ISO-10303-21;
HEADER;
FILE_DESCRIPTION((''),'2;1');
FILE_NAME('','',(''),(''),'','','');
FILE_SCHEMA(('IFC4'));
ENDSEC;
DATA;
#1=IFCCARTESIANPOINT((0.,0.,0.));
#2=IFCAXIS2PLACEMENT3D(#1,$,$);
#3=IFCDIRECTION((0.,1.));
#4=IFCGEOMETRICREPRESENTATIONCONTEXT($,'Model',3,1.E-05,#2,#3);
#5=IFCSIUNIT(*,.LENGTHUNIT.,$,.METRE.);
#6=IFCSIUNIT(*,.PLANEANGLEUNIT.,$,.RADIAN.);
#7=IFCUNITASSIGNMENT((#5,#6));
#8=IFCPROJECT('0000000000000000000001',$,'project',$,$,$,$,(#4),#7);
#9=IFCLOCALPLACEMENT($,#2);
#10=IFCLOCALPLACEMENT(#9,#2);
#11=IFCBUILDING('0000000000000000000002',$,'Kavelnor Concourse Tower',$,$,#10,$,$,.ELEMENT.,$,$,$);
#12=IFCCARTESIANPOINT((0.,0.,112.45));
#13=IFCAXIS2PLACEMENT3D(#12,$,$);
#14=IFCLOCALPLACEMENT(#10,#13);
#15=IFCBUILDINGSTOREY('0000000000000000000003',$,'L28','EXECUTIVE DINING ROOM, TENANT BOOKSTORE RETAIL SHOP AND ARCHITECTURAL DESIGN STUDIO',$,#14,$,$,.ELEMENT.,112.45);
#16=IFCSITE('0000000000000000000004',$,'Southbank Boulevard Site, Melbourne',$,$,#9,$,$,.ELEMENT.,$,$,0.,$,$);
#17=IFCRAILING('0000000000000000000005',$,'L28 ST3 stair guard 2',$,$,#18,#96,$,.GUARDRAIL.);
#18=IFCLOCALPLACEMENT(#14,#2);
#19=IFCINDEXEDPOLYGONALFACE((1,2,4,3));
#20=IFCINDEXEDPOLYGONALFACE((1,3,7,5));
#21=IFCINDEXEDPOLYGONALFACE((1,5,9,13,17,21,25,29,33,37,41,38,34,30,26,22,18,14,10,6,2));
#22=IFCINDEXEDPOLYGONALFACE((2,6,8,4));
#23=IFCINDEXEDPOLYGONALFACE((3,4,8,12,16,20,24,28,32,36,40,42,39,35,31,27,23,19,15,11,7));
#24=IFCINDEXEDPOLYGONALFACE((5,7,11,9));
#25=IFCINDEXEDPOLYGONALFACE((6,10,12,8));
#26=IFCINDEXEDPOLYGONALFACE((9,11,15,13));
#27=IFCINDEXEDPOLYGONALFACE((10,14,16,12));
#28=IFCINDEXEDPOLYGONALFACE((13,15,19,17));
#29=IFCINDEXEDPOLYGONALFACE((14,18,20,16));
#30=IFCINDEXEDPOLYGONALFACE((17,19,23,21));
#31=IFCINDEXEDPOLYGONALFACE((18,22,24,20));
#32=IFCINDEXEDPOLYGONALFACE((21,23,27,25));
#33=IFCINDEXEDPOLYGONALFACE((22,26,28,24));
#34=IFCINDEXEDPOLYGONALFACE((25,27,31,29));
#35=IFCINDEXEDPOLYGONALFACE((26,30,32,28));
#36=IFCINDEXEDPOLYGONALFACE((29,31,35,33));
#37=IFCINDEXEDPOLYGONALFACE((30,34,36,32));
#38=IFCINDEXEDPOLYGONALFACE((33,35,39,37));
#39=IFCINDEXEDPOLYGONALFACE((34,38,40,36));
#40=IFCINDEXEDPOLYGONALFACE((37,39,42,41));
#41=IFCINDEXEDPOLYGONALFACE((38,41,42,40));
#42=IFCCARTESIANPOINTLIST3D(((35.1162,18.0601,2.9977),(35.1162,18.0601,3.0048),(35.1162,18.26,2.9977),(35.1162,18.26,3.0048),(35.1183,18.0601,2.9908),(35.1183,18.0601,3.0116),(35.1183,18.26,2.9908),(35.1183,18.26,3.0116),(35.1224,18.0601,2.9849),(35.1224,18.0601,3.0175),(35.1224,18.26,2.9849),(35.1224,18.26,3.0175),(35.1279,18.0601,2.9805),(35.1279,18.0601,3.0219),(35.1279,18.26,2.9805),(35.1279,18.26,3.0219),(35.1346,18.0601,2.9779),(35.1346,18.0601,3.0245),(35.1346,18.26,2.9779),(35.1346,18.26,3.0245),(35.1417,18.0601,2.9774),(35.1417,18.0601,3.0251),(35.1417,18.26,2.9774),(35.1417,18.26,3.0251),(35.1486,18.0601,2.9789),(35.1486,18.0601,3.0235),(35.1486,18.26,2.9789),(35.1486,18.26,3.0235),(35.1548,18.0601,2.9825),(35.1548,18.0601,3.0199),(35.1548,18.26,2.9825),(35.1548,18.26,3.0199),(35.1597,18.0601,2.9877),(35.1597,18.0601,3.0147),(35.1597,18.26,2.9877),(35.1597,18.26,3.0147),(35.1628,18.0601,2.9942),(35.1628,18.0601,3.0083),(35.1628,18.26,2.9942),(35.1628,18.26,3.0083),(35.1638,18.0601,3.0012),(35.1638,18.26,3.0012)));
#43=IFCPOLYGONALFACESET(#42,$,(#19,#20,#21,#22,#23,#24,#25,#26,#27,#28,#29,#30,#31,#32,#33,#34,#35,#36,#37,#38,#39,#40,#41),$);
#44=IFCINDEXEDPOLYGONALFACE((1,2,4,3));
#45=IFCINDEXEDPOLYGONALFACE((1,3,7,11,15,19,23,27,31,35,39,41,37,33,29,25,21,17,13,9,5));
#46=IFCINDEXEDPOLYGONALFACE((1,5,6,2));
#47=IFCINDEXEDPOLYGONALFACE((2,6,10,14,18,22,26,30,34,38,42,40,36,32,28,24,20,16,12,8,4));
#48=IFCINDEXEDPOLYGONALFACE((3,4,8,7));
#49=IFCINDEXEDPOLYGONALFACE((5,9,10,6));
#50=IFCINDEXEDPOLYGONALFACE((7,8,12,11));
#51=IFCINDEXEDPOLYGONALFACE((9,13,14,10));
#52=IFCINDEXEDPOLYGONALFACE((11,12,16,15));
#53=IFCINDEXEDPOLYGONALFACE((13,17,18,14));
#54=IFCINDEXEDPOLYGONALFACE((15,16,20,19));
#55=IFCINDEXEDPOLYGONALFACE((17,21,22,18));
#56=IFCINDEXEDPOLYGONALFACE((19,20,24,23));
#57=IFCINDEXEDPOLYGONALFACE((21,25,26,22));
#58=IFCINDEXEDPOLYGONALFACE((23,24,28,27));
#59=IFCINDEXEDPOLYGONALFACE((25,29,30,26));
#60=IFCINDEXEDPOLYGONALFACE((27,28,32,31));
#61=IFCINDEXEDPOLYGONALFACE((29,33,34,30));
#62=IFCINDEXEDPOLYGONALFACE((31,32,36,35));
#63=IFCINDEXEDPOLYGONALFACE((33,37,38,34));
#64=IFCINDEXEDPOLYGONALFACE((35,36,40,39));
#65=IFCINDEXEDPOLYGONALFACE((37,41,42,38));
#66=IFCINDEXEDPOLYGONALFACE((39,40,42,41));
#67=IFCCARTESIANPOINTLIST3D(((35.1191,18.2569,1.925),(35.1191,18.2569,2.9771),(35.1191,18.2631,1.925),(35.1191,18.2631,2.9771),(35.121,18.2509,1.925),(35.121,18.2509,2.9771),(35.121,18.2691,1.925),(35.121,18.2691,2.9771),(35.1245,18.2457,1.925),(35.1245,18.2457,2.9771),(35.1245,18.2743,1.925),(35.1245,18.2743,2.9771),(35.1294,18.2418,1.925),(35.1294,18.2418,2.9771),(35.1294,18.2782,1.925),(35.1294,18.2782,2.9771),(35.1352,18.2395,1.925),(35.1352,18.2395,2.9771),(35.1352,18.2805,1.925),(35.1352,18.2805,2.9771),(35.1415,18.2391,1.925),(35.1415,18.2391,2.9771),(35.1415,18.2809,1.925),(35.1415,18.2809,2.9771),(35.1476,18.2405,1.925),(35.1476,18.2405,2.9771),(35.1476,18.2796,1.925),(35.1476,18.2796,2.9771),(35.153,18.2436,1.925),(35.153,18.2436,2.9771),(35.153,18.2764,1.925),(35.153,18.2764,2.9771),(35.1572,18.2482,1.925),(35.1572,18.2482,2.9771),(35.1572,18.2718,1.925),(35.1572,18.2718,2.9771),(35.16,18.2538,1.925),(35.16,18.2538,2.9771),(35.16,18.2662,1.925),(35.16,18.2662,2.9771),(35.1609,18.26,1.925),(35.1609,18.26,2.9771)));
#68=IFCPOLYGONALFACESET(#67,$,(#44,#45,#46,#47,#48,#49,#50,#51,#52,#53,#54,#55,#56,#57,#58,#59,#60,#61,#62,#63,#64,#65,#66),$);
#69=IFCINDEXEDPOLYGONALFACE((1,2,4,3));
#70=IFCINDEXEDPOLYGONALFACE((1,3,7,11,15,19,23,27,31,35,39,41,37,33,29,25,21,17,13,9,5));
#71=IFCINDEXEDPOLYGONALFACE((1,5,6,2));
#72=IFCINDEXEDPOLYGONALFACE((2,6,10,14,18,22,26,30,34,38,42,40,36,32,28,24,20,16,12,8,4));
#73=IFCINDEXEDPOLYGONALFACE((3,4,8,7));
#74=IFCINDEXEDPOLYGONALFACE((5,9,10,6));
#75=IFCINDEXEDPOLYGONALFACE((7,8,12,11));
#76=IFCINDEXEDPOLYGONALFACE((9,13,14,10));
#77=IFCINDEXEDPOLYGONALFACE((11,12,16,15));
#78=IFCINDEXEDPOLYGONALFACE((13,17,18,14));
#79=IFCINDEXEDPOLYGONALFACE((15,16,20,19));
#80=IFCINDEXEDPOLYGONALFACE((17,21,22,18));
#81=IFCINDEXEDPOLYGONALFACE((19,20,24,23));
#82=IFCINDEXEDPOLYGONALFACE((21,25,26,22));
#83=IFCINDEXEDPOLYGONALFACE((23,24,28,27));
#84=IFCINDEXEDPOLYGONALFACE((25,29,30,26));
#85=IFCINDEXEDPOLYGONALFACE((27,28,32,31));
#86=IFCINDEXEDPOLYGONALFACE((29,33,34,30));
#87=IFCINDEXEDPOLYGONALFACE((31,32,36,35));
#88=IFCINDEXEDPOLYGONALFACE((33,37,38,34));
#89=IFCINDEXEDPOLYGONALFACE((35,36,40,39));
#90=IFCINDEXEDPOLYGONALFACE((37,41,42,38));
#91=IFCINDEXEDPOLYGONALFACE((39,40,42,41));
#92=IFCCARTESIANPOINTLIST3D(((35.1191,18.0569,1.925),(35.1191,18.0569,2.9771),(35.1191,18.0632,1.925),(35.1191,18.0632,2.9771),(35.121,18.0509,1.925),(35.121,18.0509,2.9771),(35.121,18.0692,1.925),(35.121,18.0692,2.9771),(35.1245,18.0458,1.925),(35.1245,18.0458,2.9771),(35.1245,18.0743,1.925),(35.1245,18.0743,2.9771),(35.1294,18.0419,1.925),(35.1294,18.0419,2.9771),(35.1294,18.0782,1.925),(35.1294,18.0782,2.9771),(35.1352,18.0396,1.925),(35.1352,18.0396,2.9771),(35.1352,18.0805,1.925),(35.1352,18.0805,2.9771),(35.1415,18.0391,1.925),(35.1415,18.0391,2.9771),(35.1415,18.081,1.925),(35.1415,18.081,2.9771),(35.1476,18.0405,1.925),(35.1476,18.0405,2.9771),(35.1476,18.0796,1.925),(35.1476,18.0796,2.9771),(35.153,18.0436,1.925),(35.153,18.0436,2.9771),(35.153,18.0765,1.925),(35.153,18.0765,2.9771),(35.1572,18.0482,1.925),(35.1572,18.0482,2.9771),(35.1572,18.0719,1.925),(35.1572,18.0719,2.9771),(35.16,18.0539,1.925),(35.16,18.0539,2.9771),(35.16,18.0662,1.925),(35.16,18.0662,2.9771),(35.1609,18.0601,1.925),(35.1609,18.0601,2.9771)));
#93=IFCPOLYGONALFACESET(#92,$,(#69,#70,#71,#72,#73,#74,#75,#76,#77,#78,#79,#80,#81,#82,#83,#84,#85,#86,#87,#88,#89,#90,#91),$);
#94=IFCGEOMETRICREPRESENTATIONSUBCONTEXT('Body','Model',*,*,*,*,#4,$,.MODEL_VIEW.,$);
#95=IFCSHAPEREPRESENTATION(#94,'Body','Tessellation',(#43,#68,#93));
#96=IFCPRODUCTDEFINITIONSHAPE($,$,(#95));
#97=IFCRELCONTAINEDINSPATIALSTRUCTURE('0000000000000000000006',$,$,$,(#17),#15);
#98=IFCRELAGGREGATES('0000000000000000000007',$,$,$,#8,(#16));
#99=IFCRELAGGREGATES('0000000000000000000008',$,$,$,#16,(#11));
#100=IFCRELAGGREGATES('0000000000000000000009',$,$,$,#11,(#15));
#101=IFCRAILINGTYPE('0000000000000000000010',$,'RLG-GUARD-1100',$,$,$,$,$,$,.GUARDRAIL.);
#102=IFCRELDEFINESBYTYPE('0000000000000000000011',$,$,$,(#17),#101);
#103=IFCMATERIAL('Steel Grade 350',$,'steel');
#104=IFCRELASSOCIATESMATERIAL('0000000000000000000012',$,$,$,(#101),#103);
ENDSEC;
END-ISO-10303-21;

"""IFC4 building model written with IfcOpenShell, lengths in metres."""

from ifc_helpers import new_model, si_unit, direction, frame, origin, origin_2d, place, context, subcontext, project, spatial, circle, extrude, material, type_object, element, save


model = new_model("IFC4")

# Units and contexts
model_context = context("Model", 3, precision=1e-05, world=origin(), true_north=direction((0.0, 1.0)))
body_context = subcontext(model_context, "Body", "Model", "MODEL_VIEW")
ifc_project = project(units=[si_unit("LENGTHUNIT", "METRE"), si_unit("PLANEANGLEUNIT", "RADIAN")], contexts=[model_context])

# Site, building, storey
site_placement = place(None, origin())
site = spatial("IfcSite", under=ifc_project, at=site_placement, Name="Southbank Boulevard Site, Melbourne", CompositionType="ELEMENT", RefElevation=0.0)
building_placement = place(site_placement, origin())
building = spatial("IfcBuilding", under=site, at=building_placement, Name="Kavelnor Concourse Tower", CompositionType="ELEMENT")
storey_placement = place(building_placement, frame((0.0, 0.0, 112.45)))
storey = spatial("IfcBuildingStorey", under=building, at=storey_placement, Name="L28", Description="EXECUTIVE DINING ROOM, TENANT BOOKSTORE RETAIL SHOP AND ARCHITECTURAL DESIGN STUDIO", CompositionType="ELEMENT", Elevation=112.45)

# Shared definitions
ifc_material_1 = material(Name="Steel Grade 350", Category="steel")

# Railing
railing_type_1 = type_object("IfcRailingType", Name="RLG-GUARD-1100", PredefinedType="GUARDRAIL", material=ifc_material_1)
railing_1_placement = place(storey_placement, frame((35.1399, 18.26, 1.925)))
element("IfcRailing", 1, at=railing_1_placement, inside=storey, type_object=railing_type_1, Name="L28 ST3 stair guard 2", PredefinedType="GUARDRAIL", context=body_context, shape_type="SweptSolid", body=[
    extrude(circle(Radius=0.0239, at=origin_2d()), frame((0.0, 0.0, 1.0762), z_axis=(0.0, -1.0, 0.0), x_axis=(1.0, 0.0, 0.0)), (0.0, 0.0, 1.0), 0.2),
    extrude(circle(Radius=0.021, at=origin_2d()), origin(), (0.0, 0.0, 1.0), 1.052),
    extrude(circle(Radius=0.021, at=origin_2d()), frame((0.0, -0.2, 0.0)), (0.0, 0.0, 1.0), 1.052),
])

save(model, "model.ifc")
